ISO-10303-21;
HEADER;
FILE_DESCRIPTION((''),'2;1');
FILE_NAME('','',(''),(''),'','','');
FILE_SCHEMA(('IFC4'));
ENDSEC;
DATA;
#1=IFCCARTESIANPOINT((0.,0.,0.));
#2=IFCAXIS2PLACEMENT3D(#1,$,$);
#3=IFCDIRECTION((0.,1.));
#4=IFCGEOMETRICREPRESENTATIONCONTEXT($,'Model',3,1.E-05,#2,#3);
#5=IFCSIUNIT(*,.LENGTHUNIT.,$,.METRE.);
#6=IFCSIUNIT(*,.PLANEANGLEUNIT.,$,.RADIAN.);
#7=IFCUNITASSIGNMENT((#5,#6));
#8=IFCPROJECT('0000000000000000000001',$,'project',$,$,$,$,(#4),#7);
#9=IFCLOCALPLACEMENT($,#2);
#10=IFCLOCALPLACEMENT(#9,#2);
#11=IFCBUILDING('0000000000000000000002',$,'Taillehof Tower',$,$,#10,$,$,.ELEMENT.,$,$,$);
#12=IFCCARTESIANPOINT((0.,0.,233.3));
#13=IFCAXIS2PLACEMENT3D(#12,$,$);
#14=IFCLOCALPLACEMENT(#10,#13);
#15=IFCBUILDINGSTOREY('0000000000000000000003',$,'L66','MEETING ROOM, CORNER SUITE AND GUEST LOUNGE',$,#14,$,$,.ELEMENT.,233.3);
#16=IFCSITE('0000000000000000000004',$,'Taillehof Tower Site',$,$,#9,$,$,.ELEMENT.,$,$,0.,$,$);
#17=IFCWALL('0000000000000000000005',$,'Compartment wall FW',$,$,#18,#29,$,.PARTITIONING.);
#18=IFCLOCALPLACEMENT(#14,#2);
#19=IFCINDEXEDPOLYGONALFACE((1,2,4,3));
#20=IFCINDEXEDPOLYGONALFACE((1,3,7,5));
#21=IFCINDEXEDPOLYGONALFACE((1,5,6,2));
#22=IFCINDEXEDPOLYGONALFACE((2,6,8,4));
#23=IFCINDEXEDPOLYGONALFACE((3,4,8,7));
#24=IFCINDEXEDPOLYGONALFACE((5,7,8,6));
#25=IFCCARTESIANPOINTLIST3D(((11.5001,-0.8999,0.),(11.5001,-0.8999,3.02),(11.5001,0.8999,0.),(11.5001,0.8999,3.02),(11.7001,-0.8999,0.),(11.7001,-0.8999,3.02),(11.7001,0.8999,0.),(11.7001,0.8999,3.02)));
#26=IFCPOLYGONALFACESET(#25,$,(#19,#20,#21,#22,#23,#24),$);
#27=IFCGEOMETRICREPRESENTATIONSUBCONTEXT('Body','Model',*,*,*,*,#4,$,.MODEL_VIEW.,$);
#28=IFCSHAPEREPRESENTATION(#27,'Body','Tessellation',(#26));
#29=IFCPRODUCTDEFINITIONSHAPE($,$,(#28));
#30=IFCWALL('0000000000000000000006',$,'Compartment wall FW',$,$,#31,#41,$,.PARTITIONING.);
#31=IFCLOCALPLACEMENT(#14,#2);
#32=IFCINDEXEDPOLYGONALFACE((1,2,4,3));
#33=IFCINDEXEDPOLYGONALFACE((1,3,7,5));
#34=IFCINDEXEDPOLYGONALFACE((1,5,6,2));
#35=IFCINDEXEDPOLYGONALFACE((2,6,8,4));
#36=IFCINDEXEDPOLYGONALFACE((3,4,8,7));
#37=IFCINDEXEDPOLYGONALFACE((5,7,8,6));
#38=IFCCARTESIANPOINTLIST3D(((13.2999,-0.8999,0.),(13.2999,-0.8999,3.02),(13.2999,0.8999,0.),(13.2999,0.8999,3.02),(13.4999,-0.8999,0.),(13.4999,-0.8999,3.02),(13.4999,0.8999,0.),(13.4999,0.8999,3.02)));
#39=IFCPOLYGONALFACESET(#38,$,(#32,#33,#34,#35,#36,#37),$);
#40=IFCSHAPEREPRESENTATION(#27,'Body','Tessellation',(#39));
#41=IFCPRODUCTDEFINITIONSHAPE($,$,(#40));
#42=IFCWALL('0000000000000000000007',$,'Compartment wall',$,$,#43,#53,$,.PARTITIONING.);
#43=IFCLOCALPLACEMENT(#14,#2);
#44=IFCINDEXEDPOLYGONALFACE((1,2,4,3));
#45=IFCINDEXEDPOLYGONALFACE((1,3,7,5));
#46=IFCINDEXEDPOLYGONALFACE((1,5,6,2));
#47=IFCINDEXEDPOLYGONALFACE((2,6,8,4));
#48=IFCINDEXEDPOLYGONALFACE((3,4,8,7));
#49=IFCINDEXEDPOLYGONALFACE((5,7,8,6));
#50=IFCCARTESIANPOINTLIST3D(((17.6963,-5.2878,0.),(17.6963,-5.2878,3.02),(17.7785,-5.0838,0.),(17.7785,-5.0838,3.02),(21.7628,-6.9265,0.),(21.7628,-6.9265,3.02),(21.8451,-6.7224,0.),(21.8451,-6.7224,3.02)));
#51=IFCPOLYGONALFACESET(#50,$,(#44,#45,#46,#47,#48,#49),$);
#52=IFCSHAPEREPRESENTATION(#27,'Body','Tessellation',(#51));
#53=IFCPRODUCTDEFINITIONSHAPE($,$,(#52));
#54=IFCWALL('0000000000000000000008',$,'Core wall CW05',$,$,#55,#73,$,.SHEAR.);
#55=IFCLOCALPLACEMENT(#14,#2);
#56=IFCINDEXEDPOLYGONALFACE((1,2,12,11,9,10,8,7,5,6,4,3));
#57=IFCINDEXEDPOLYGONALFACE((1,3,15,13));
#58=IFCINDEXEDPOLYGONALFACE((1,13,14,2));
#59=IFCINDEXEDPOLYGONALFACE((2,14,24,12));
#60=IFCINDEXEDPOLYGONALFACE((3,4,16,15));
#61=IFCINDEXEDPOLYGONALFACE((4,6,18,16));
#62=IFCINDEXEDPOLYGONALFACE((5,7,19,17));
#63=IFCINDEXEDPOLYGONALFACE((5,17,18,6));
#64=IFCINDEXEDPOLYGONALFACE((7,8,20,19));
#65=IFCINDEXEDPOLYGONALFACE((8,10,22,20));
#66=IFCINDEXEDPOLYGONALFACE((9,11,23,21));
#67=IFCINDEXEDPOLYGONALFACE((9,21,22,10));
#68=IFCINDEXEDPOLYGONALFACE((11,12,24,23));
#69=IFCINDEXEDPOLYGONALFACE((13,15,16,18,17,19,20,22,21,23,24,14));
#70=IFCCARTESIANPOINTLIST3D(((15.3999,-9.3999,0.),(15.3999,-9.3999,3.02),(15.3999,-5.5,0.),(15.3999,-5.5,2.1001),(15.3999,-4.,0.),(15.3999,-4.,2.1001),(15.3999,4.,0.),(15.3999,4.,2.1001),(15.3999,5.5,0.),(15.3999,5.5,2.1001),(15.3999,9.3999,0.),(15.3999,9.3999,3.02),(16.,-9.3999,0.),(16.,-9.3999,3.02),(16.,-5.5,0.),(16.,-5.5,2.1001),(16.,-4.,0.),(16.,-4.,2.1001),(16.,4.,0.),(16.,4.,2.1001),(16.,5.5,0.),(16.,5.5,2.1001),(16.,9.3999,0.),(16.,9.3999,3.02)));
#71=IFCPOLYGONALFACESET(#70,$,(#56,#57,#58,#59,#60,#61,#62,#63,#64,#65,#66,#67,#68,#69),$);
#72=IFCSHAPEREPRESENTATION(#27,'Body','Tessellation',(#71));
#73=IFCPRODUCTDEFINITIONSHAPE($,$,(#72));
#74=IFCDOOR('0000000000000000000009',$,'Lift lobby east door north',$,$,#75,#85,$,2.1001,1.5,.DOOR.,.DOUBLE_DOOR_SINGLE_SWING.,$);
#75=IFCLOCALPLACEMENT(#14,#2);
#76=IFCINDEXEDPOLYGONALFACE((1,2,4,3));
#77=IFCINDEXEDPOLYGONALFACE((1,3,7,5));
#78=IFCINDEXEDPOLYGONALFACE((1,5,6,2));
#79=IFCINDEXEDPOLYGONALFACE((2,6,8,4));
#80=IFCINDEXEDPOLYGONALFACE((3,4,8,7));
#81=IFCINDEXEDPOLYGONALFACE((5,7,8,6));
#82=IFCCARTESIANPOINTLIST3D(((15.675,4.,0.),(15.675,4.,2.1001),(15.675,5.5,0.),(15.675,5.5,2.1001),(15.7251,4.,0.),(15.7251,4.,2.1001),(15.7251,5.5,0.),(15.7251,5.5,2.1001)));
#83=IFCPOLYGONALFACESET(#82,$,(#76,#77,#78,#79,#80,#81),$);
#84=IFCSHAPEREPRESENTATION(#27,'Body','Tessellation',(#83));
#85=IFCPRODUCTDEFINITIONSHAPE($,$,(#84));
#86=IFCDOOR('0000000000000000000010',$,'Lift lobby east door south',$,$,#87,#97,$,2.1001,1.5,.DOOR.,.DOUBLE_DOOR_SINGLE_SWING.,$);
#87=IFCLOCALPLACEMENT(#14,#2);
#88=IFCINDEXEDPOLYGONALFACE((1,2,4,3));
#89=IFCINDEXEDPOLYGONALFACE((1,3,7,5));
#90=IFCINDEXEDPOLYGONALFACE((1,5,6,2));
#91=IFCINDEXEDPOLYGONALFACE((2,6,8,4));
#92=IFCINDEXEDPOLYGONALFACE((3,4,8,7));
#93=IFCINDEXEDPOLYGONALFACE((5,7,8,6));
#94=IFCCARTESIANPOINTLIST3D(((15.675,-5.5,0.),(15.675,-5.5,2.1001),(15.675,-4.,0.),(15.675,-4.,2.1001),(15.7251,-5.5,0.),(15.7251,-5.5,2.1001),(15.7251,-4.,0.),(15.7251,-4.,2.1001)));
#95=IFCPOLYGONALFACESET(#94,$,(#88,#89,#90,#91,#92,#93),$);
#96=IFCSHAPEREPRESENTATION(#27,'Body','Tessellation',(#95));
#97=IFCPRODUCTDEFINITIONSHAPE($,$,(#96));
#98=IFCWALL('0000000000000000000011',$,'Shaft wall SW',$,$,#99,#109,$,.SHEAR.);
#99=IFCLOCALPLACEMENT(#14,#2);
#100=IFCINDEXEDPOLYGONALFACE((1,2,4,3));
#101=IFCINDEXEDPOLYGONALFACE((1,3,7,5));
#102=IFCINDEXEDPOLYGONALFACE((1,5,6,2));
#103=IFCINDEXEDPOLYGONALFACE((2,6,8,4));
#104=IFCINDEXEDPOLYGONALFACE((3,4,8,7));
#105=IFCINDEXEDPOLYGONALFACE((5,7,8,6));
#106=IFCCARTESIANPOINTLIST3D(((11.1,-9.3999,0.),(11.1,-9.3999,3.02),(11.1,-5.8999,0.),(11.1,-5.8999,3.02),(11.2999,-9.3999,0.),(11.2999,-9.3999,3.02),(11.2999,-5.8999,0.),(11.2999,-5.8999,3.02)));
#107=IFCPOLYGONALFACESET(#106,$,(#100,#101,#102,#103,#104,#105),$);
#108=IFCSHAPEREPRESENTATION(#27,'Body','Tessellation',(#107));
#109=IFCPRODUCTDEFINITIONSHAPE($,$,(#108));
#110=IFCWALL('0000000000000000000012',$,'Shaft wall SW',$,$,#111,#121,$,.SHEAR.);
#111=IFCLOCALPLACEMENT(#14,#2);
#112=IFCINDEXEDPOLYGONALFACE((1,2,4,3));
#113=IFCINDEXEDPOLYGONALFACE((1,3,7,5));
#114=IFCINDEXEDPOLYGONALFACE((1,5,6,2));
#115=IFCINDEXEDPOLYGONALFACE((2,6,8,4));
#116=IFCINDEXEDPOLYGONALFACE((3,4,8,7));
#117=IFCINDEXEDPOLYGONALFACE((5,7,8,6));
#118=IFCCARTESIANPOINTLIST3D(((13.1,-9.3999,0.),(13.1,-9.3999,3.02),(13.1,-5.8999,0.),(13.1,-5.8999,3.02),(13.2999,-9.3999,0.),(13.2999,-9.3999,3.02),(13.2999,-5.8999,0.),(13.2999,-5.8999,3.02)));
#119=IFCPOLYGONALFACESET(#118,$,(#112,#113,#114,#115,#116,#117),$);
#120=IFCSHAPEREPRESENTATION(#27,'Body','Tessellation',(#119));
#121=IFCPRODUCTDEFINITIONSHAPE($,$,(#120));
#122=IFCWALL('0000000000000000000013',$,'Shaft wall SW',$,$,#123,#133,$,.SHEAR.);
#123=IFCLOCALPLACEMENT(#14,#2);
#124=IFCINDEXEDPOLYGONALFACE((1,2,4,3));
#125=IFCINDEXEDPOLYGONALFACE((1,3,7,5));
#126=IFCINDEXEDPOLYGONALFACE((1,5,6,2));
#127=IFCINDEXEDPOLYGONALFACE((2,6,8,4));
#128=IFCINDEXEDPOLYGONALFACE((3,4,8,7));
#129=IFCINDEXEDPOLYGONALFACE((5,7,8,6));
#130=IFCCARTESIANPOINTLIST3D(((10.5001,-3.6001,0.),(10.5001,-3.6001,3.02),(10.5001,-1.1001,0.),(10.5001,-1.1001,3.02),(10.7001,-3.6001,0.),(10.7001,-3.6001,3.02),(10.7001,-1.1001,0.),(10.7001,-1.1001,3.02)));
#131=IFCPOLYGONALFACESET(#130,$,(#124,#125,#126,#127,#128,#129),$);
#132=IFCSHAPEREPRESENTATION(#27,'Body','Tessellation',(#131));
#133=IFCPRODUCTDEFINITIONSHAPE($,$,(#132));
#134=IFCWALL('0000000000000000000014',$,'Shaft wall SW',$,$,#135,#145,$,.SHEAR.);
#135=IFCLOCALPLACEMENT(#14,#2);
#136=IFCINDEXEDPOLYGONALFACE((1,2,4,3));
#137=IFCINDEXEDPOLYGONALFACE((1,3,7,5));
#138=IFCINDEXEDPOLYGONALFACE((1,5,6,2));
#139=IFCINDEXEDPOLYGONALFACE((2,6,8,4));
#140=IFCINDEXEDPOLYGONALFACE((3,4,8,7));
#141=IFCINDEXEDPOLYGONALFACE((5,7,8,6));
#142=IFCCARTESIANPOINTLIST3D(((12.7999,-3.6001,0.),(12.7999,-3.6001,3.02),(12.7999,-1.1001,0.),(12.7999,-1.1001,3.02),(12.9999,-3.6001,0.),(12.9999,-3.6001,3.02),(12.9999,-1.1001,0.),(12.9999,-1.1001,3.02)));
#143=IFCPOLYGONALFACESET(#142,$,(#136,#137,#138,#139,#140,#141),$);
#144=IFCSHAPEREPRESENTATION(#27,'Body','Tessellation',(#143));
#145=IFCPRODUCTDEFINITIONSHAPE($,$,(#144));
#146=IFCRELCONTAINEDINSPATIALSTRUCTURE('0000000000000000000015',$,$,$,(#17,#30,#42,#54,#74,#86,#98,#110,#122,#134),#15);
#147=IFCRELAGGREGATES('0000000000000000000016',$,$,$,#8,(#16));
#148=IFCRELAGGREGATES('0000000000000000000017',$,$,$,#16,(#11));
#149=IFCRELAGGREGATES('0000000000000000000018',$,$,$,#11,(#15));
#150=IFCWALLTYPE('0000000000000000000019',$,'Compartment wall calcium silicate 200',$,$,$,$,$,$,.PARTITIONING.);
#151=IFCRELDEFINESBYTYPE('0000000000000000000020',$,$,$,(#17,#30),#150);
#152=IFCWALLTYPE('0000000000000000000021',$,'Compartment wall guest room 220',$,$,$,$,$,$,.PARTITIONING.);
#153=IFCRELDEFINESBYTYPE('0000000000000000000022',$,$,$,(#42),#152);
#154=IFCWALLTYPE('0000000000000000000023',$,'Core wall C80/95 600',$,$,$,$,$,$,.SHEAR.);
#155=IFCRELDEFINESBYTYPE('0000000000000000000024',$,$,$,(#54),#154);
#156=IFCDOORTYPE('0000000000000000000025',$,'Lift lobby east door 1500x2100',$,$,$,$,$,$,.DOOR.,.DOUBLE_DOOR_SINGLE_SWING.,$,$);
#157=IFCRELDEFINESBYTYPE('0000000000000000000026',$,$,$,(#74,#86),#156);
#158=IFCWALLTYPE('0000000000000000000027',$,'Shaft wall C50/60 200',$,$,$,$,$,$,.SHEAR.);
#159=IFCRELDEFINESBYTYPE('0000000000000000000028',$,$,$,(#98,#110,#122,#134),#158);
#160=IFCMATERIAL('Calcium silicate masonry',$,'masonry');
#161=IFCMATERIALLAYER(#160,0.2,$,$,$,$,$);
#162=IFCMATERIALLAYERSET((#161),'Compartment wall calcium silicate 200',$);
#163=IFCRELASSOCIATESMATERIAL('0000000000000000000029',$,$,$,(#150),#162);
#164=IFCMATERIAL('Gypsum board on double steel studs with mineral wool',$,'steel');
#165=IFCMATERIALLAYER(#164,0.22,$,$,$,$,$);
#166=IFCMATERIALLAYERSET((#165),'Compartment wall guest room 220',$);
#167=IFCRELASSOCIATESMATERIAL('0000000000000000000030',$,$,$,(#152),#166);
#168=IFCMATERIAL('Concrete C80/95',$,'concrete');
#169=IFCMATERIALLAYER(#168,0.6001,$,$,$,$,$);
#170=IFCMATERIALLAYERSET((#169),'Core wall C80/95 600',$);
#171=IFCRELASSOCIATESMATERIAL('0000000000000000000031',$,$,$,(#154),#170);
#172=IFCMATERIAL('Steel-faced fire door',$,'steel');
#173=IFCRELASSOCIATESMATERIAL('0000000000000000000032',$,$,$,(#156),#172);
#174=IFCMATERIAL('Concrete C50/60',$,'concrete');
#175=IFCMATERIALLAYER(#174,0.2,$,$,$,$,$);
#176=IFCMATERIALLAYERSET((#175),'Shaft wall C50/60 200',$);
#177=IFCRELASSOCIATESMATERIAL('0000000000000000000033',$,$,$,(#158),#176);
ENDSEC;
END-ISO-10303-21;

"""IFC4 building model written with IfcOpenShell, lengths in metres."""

from ifc_helpers import new_model, si_unit, direction, frame, frame_2d, origin, place, context, subcontext, project, spatial, rectangle, extrude, material, layer, layer_set, type_object, element, fill, save


model = new_model("IFC4")

# Units and contexts
model_context = context("Model", 3, precision=1e-05, world=origin(), true_north=direction((0.0, 1.0)))
body_context = subcontext(model_context, "Body", "Model", "MODEL_VIEW")
ifc_project = project(units=[si_unit("LENGTHUNIT", "METRE"), si_unit("PLANEANGLEUNIT", "RADIAN")], contexts=[model_context])

# Site, building, storey
site_placement = place(None, origin())
site = spatial("IfcSite", under=ifc_project, at=site_placement, Name="Taillehof Tower Site", CompositionType="ELEMENT", RefElevation=0.0)
building_placement = place(site_placement, origin())
building = spatial("IfcBuilding", under=site, at=building_placement, Name="Taillehof Tower", CompositionType="ELEMENT")
storey_placement = place(building_placement, frame((0.0, 0.0, 233.3)))
storey = spatial("IfcBuildingStorey", under=building, at=storey_placement, Name="L66", Description="MEETING ROOM, CORNER SUITE AND GUEST LOUNGE", CompositionType="ELEMENT", Elevation=233.3)

# Walls
ifc_material_1 = material(Name="Calcium silicate masonry", Category="masonry")
ifc_layer_1 = layer(ifc_material_1, 0.2)
ifc_layer_set_1 = layer_set([ifc_layer_1], Name="Compartment wall calcium silicate 200")
wall_type_1 = type_object("IfcWallType", Name="Compartment wall calcium silicate 200", PredefinedType="PARTITIONING", material=ifc_layer_set_1)
for number, where, z_axis, x_axis, name in (
    (1, (11.6001, -0.8999, 0.0), (0.0, 0.0, 1.0), (0.0, 1.0, 0.0), "Compartment wall FW"),
    (2, (13.3999, -0.8999, 0.0), (0.0, 0.0, 1.0), (0.0, 1.0, 0.0), "Compartment wall FW"),
):
    element("IfcWall", number, at=place(storey_placement, frame(where, z_axis=z_axis, x_axis=x_axis)), inside=storey, type_object=wall_type_1, Name=name, PredefinedType="PARTITIONING", context=body_context, shape_type="SweptSolid", body=[
        extrude(rectangle(XDim=1.7998, YDim=0.2, at=frame_2d((0.8999, 0.0))), origin(), (0.0, 0.0, 1.0), 3.02),
    ])
ifc_material_2 = material(Name="Gypsum board on double steel studs with mineral wool", Category="steel")
ifc_layer_2 = layer(ifc_material_2, 0.22)
ifc_layer_set_2 = layer_set([ifc_layer_2], Name="Compartment wall guest room 220")
wall_type_2 = type_object("IfcWallType", Name="Compartment wall guest room 220", PredefinedType="PARTITIONING", material=ifc_layer_set_2)
wall_1_placement = place(storey_placement, frame((21.804, -6.8245, 0.0), z_axis=(0.0, 0.0, 1.0), x_axis=(-0.927529, 0.373751, 0.0)))
element("IfcWall", 3, at=wall_1_placement, inside=storey, type_object=wall_type_2, Name="Compartment wall", PredefinedType="PARTITIONING", context=body_context, shape_type="SweptSolid", body=[
    extrude(rectangle(XDim=4.3843, YDim=0.22, at=frame_2d((2.1921, 0.0))), origin(), (0.0, 0.0, 1.0), 3.02),
])

# Wall, openings, doors
ifc_material_3 = material(Name="Concrete C80/95", Category="concrete")
ifc_layer_3 = layer(ifc_material_3, 0.6001)
ifc_layer_set_3 = layer_set([ifc_layer_3], Name="Core wall C80/95 600")
wall_type_3 = type_object("IfcWallType", Name="Core wall C80/95 600", PredefinedType="SHEAR", material=ifc_layer_set_3)
wall_2_placement = place(storey_placement, frame((15.7, -9.3999, 0.0), z_axis=(0.0, 0.0, 1.0), x_axis=(0.0, 1.0, 0.0)))
wall_2 = element("IfcWall", 4, at=wall_2_placement, inside=storey, type_object=wall_type_3, Name="Core wall CW05", PredefinedType="SHEAR", context=body_context, shape_type="SweptSolid", body=[
    extrude(rectangle(XDim=18.7998, YDim=0.6001, at=frame_2d((9.3999, 0.0))), origin(), (0.0, 0.0, 1.0), 3.02),
])
opening_1_placement = place(wall_2_placement, frame((13.3999, 0.0, 0.0)))
opening_1 = element("IfcOpeningElement", 5, at=opening_1_placement, cuts=wall_2, PredefinedType="OPENING", context=body_context, shape_type="SweptSolid", body=[
    extrude(rectangle(XDim=1.5, YDim=2.1001, at=frame_2d((0.75, 1.05))), frame((0.0, 0.3101, 0.0), z_axis=(0.0, -1.0, 0.0), x_axis=(1.0, 0.0, 0.0)), (0.0, 0.0, 1.0), 0.6201),
])
opening_2_placement = place(wall_2_placement, frame((3.8999, 0.0, 0.0)))
opening_2 = element("IfcOpeningElement", 6, at=opening_2_placement, cuts=wall_2, PredefinedType="OPENING", context=body_context, shape_type="SweptSolid", body=[
    extrude(rectangle(XDim=1.5, YDim=2.1001, at=frame_2d((0.75, 1.05))), frame((0.0, 0.3101, 0.0), z_axis=(0.0, -1.0, 0.0), x_axis=(1.0, 0.0, 0.0)), (0.0, 0.0, 1.0), 0.6201),
])
ifc_material_4 = material(Name="Steel-faced fire door", Category="steel")
door_type = type_object("IfcDoorType", Name="Lift lobby east door 1500x2100", OperationType="DOUBLE_DOOR_SINGLE_SWING", PredefinedType="DOOR", material=ifc_material_4)
door_1_placement = place(opening_1_placement, origin())
door_1 = element("IfcDoor", 7, at=door_1_placement, inside=storey, type_object=door_type, Name="Lift lobby east door north", OperationType="DOUBLE_DOOR_SINGLE_SWING", OverallHeight=2.1001, OverallWidth=1.5, PredefinedType="DOOR", context=body_context, shape_type="SweptSolid", body=[
    extrude(rectangle(XDim=1.5, YDim=2.1001, at=frame_2d((0.75, 1.05))), frame((0.0, 0.0249, 0.0), z_axis=(0.0, -1.0, 0.0), x_axis=(1.0, 0.0, 0.0)), (0.0, 0.0, 1.0), 0.05),
])
fill(opening_1, door_1)
door_2_placement = place(opening_2_placement, origin())
door_2 = element("IfcDoor", 8, at=door_2_placement, inside=storey, type_object=door_type, Name="Lift lobby east door south", OperationType="DOUBLE_DOOR_SINGLE_SWING", OverallHeight=2.1001, OverallWidth=1.5, PredefinedType="DOOR", context=body_context, shape_type="SweptSolid", body=[
    extrude(rectangle(XDim=1.5, YDim=2.1001, at=frame_2d((0.75, 1.05))), frame((0.0, 0.0249, 0.0), z_axis=(0.0, -1.0, 0.0), x_axis=(1.0, 0.0, 0.0)), (0.0, 0.0, 1.0), 0.05),
])
fill(opening_2, door_2)

# Walls
ifc_material_5 = material(Name="Concrete C50/60", Category="concrete")
ifc_layer_4 = layer(ifc_material_5, 0.2)
ifc_layer_set_4 = layer_set([ifc_layer_4], Name="Shaft wall C50/60 200")
wall_type_4 = type_object("IfcWallType", Name="Shaft wall C50/60 200", PredefinedType="SHEAR", material=ifc_layer_set_4)
for number, where, z_axis, x_axis, name in (
    (9, (11.2, -9.3999, 0.0), (0.0, 0.0, 1.0), (0.0, 1.0, 0.0), "Shaft wall SW"),
    (10, (13.2, -9.3999, 0.0), (0.0, 0.0, 1.0), (0.0, 1.0, 0.0), "Shaft wall SW"),
):
    element("IfcWall", number, at=place(storey_placement, frame(where, z_axis=z_axis, x_axis=x_axis)), inside=storey, type_object=wall_type_4, Name=name, PredefinedType="SHEAR", context=body_context, shape_type="SweptSolid", body=[
        extrude(rectangle(XDim=3.5, YDim=0.2, at=frame_2d((1.75, 0.0))), origin(), (0.0, 0.0, 1.0), 3.02),
    ])
for number, where, z_axis, x_axis, name in (
    (11, (10.6001, -3.6001, 0.0), (0.0, 0.0, 1.0), (0.0, 1.0, 0.0), "Shaft wall SW"),
    (12, (12.8999, -3.6001, 0.0), (0.0, 0.0, 1.0), (0.0, 1.0, 0.0), "Shaft wall SW"),
):
    element("IfcWall", number, at=place(storey_placement, frame(where, z_axis=z_axis, x_axis=x_axis)), inside=storey, type_object=wall_type_4, Name=name, PredefinedType="SHEAR", context=body_context, shape_type="SweptSolid", body=[
        extrude(rectangle(XDim=2.5, YDim=0.2, at=frame_2d((1.25, 0.0))), origin(), (0.0, 0.0, 1.0), 3.02),
    ])

save(model, "model.ifc")
